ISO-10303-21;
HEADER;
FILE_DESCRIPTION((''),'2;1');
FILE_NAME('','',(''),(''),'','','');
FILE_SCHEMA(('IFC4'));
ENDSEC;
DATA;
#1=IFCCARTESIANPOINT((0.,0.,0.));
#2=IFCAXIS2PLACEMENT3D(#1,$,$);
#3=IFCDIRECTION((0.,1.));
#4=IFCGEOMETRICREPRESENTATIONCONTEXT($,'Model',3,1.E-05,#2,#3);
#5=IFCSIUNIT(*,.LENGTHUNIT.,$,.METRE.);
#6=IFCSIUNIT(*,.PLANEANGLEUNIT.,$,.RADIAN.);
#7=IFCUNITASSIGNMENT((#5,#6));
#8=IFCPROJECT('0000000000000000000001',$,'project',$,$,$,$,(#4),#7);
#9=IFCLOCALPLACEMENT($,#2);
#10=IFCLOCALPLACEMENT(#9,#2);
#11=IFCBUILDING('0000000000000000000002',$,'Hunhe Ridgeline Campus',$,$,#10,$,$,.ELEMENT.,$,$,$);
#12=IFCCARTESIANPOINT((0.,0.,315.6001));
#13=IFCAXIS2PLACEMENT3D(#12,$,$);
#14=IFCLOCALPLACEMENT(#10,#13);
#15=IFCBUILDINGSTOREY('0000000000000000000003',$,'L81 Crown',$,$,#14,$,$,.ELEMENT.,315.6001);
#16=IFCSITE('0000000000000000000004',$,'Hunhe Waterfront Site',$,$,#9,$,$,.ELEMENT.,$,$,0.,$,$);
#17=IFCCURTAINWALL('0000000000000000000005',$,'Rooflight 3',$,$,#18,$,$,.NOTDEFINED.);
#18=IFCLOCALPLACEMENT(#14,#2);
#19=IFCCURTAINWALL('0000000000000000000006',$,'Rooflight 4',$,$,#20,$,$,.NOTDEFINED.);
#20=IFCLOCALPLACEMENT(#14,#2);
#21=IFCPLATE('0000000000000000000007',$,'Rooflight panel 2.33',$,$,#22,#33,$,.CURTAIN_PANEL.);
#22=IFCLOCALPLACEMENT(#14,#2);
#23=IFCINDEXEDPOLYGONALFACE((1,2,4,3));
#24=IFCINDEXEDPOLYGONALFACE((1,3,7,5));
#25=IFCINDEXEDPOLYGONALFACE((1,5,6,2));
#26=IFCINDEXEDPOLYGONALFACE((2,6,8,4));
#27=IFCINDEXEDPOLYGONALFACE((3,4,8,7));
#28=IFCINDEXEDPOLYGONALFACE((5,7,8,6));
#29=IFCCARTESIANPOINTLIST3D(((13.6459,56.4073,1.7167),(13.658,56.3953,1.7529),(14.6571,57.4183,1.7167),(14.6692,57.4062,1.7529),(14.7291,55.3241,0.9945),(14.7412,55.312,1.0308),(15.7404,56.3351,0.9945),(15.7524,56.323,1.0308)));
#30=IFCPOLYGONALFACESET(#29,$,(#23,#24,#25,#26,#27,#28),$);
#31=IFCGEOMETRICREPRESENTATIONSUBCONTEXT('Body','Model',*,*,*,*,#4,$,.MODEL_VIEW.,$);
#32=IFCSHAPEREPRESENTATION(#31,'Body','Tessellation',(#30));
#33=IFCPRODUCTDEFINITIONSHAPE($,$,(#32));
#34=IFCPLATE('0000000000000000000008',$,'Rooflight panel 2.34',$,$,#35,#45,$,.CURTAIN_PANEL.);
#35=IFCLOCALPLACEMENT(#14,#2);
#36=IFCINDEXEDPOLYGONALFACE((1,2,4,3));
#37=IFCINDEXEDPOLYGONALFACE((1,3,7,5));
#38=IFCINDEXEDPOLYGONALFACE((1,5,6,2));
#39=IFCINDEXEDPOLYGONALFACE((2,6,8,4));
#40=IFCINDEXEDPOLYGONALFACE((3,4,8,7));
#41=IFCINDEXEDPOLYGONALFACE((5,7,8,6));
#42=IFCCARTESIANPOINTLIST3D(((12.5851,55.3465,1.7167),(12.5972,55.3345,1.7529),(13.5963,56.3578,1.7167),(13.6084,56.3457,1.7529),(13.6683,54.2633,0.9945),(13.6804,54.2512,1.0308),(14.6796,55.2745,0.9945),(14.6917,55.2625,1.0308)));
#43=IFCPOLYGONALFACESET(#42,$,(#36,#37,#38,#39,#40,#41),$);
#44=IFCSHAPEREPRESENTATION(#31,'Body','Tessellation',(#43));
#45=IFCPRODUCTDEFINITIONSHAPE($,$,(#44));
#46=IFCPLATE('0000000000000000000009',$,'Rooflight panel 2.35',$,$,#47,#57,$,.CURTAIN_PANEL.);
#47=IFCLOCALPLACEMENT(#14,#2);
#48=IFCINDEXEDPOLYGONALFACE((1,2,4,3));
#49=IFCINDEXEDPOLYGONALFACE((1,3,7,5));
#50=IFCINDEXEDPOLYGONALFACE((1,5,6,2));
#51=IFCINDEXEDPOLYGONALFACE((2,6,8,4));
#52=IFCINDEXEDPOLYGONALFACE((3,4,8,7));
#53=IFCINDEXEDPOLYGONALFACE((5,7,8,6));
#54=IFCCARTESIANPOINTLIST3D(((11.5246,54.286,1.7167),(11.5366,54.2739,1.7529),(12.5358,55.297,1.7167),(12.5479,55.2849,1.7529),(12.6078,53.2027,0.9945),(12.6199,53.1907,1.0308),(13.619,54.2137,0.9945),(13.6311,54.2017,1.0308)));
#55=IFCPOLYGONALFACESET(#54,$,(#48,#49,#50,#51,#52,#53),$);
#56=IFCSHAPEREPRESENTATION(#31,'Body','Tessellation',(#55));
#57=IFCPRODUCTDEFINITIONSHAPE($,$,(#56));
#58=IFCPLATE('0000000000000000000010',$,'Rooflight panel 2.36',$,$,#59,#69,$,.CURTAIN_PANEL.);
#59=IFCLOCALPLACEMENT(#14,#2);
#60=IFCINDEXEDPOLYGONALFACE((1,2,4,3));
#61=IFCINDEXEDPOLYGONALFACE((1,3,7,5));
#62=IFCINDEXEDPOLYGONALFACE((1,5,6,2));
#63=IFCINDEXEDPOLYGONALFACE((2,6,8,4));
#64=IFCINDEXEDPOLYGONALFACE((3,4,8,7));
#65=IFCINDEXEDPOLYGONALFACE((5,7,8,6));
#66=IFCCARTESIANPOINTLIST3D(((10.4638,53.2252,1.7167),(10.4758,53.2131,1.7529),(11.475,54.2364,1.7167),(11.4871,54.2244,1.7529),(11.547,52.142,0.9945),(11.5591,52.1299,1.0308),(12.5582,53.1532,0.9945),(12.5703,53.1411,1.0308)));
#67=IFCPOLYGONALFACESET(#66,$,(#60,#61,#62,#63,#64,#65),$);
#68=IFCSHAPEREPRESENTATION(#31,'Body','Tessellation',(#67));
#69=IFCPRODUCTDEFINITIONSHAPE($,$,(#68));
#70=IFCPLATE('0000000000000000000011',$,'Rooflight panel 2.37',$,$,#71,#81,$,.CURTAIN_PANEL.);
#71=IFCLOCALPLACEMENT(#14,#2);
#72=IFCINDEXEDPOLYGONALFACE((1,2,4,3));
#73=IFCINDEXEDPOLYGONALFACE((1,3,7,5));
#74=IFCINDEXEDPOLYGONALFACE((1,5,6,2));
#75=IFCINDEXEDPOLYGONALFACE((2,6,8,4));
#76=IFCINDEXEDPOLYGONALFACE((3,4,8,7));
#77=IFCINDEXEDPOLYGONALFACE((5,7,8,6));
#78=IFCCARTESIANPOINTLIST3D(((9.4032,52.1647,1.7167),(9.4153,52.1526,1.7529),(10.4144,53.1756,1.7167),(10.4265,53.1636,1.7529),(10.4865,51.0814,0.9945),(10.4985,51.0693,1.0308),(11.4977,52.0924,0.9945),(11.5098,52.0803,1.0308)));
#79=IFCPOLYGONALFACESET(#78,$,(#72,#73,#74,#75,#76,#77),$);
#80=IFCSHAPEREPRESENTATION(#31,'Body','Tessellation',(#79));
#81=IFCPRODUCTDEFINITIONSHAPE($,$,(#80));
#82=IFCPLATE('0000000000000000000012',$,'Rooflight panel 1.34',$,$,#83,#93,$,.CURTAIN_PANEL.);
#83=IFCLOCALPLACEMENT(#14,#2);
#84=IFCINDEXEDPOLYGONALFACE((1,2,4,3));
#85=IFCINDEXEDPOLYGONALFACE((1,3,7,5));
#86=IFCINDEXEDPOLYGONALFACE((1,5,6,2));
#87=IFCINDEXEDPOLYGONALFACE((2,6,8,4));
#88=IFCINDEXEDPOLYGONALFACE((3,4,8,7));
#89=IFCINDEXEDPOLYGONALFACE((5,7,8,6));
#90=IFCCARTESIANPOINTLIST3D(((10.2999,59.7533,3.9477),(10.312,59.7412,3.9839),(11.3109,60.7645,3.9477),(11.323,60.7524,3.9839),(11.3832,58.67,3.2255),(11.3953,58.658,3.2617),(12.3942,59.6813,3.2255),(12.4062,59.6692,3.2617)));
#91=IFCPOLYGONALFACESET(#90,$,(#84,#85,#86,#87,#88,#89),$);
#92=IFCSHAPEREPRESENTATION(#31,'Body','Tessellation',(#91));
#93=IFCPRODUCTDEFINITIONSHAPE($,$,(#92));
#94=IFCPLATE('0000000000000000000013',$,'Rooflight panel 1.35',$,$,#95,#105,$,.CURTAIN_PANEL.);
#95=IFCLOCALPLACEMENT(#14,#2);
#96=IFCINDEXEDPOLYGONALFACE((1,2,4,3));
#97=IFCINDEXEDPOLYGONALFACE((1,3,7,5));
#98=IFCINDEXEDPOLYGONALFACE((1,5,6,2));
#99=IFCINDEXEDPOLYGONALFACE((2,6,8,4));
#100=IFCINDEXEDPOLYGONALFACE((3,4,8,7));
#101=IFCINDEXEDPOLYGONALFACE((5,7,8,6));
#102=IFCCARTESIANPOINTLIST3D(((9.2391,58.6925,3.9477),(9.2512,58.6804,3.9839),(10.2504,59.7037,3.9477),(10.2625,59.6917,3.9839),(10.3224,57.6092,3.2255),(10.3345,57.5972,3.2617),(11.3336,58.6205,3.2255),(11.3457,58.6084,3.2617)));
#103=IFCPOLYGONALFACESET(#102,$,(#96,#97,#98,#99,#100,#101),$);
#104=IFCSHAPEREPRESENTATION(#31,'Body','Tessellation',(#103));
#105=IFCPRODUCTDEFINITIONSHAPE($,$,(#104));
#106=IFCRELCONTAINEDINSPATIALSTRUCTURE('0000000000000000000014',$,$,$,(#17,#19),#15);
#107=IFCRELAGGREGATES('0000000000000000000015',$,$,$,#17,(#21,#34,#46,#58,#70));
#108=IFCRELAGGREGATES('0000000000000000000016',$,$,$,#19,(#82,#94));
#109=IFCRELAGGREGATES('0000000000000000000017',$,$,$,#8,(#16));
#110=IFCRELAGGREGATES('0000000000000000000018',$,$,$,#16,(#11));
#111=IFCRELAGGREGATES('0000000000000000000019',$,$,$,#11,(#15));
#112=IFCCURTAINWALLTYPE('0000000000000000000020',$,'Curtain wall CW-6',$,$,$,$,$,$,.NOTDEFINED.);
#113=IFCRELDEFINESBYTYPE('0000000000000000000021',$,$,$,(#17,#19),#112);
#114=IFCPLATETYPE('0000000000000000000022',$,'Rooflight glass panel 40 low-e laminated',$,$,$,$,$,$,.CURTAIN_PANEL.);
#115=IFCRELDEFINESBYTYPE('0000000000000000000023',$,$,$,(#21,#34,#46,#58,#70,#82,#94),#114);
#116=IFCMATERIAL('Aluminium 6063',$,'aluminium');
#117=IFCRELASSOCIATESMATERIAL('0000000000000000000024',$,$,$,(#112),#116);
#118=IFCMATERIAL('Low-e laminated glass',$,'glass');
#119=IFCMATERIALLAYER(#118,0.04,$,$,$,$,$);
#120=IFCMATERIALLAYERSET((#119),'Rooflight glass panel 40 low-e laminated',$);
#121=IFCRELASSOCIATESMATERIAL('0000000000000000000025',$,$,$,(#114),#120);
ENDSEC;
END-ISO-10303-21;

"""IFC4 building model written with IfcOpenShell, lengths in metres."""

from ifc_helpers import new_model, si_unit, direction, frame, origin, place, context, subcontext, project, spatial, polyline, outline, extrude, material, layer, layer_set, type_object, element, aggregate, save


model = new_model("IFC4")

# Units and contexts
model_context = context("Model", 3, precision=1e-05, world=origin(), true_north=direction((0.0, 1.0)))
body_context = subcontext(model_context, "Body", "Model", "MODEL_VIEW")
ifc_project = project(units=[si_unit("LENGTHUNIT", "METRE"), si_unit("PLANEANGLEUNIT", "RADIAN")], contexts=[model_context])

# Site, building, storey
site_placement = place(None, origin())
site = spatial("IfcSite", under=ifc_project, at=site_placement, Name="Hunhe Waterfront Site", CompositionType="ELEMENT", RefElevation=0.0)
building_placement = place(site_placement, origin())
building = spatial("IfcBuilding", under=site, at=building_placement, Name="Hunhe Ridgeline Campus", CompositionType="ELEMENT")
storey_placement = place(building_placement, frame((0.0, 0.0, 315.6001)))
storey = spatial("IfcBuildingStorey", under=building, at=storey_placement, Name="L81 Crown", CompositionType="ELEMENT", Elevation=315.6001)

# Curtain wall
ifc_material_1 = material(Name="Aluminium 6063", Category="aluminium")
curtain_wall_type = type_object("IfcCurtainWallType", Name="Curtain wall CW-6", PredefinedType="NOTDEFINED", material=ifc_material_1)
curtain_wall_1_placement = place(storey_placement, origin())
curtain_wall_1 = element("IfcCurtainWall", 1, at=curtain_wall_1_placement, inside=storey, type_object=curtain_wall_type, Name="Rooflight 3", PredefinedType="NOTDEFINED")

# Curtain wall
curtain_wall_2_placement = place(storey_placement, origin())
curtain_wall_2 = element("IfcCurtainWall", 2, at=curtain_wall_2_placement, inside=storey, type_object=curtain_wall_type, Name="Rooflight 4", PredefinedType="NOTDEFINED")

# Plates
ifc_material_2 = material(Name="Low-e laminated glass", Category="glass")
ifc_layer = layer(ifc_material_2, 0.04)
ifc_layer_set = layer_set([ifc_layer], Name="Rooflight glass panel 40 low-e laminated")
plate_type = type_object("IfcPlateType", Name="Rooflight glass panel 40 low-e laminated", PredefinedType="CURTAIN_PANEL", material=ifc_layer_set)
plate_1_placement = place(storey_placement, frame((15.7524, 56.323, 1.0308), z_axis=(0.301475, -0.301548, 0.904534), x_axis=(-0.639602, 0.639602, 0.426401)))
plate_1 = element("IfcPlate", 3, at=plate_1_placement, type_object=plate_type, Name="Rooflight panel 2.33", PredefinedType="CURTAIN_PANEL", context=body_context, shape_type="SweptSolid", body=[
    extrude(outline(polyline([(0.0, 0.0), (1.6936, 0.0), (1.6938, 1.4299), (0.0002, 1.4299), (0.0, 0.0)])), origin(), (0.0, 0.0, -1.0), 0.04),
])
plate_2_placement = place(storey_placement, frame((14.6917, 55.2625, 1.0308), z_axis=(0.301511, -0.301511, 0.904534), x_axis=(-0.639602, 0.639602, 0.426401)))
plate_2 = element("IfcPlate", 4, at=plate_2_placement, type_object=plate_type, Name="Rooflight panel 2.34", PredefinedType="CURTAIN_PANEL", context=body_context, shape_type="SweptSolid", body=[
    extrude(outline(polyline([(0.0, 0.0), (1.6936, 0.0), (1.6936, 1.4301), (0.0, 1.4301), (0.0, 0.0)])), origin(), (0.0, 0.0, -1.0), 0.04),
])
plate_3_placement = place(storey_placement, frame((13.6311, 54.2017, 1.0308), z_axis=(0.301475, -0.301548, 0.904534), x_axis=(-0.639602, 0.639602, 0.426401)))
plate_3 = element("IfcPlate", 5, at=plate_3_placement, type_object=plate_type, Name="Rooflight panel 2.35", PredefinedType="CURTAIN_PANEL", context=body_context, shape_type="SweptSolid", body=[
    extrude(outline(polyline([(0.0, 0.0), (1.6936, 0.0), (1.6938, 1.4299), (0.0002, 1.4299), (0.0, 0.0)])), origin(), (0.0, 0.0, -1.0), 0.04),
])
plate_4_placement = place(storey_placement, frame((12.5703, 53.1411, 1.0308), z_axis=(0.301511, -0.301511, 0.904534), x_axis=(-0.639602, 0.639602, 0.426401)))
plate_4 = element("IfcPlate", 6, at=plate_4_placement, type_object=plate_type, Name="Rooflight panel 2.36", PredefinedType="CURTAIN_PANEL", context=body_context, shape_type="SweptSolid", body=[
    extrude(outline(polyline([(0.0, 0.0), (1.6936, 0.0), (1.6936, 1.4301), (0.0, 1.4301), (0.0, 0.0)])), origin(), (0.0, 0.0, -1.0), 0.04),
])
plate_5_placement = place(storey_placement, frame((11.5098, 52.0803, 1.0308), z_axis=(0.301475, -0.301548, 0.904534), x_axis=(-0.639602, 0.639602, 0.426401)))
plate_5 = element("IfcPlate", 7, at=plate_5_placement, type_object=plate_type, Name="Rooflight panel 2.37", PredefinedType="CURTAIN_PANEL", context=body_context, shape_type="SweptSolid", body=[
    extrude(outline(polyline([(0.0, 0.0), (1.6936, 0.0), (1.6938, 1.4299), (0.0002, 1.4299), (0.0, 0.0)])), origin(), (0.0, 0.0, -1.0), 0.04),
])
aggregate(curtain_wall_1, [plate_1, plate_2, plate_3, plate_4, plate_5])
plate_6_placement = place(storey_placement, frame((12.4062, 59.6692, 3.2617), z_axis=(0.301548, -0.301475, 0.904534), x_axis=(-0.639602, 0.639602, 0.426401)))
plate_6 = element("IfcPlate", 8, at=plate_6_placement, type_object=plate_type, Name="Rooflight panel 1.34", PredefinedType="CURTAIN_PANEL", context=body_context, shape_type="SweptSolid", body=[
    extrude(outline(polyline([(0.0, 0.0), (1.6936, 0.0), (1.6935, 1.4299), (-0.0002, 1.4299), (0.0, 0.0)])), origin(), (0.0, 0.0, -1.0), 0.04),
])
plate_7_placement = place(storey_placement, frame((11.3457, 58.6084, 3.2617), z_axis=(0.301511, -0.301511, 0.904534), x_axis=(-0.639602, 0.639602, 0.426401)))
plate_7 = element("IfcPlate", 9, at=plate_7_placement, type_object=plate_type, Name="Rooflight panel 1.35", PredefinedType="CURTAIN_PANEL", context=body_context, shape_type="SweptSolid", body=[
    extrude(outline(polyline([(0.0, 0.0), (1.6936, 0.0), (1.6936, 1.4301), (0.0, 1.4301), (0.0, 0.0)])), origin(), (0.0, 0.0, -1.0), 0.04),
])
aggregate(curtain_wall_2, [plate_6, plate_7])

save(model, "model.ifc")
